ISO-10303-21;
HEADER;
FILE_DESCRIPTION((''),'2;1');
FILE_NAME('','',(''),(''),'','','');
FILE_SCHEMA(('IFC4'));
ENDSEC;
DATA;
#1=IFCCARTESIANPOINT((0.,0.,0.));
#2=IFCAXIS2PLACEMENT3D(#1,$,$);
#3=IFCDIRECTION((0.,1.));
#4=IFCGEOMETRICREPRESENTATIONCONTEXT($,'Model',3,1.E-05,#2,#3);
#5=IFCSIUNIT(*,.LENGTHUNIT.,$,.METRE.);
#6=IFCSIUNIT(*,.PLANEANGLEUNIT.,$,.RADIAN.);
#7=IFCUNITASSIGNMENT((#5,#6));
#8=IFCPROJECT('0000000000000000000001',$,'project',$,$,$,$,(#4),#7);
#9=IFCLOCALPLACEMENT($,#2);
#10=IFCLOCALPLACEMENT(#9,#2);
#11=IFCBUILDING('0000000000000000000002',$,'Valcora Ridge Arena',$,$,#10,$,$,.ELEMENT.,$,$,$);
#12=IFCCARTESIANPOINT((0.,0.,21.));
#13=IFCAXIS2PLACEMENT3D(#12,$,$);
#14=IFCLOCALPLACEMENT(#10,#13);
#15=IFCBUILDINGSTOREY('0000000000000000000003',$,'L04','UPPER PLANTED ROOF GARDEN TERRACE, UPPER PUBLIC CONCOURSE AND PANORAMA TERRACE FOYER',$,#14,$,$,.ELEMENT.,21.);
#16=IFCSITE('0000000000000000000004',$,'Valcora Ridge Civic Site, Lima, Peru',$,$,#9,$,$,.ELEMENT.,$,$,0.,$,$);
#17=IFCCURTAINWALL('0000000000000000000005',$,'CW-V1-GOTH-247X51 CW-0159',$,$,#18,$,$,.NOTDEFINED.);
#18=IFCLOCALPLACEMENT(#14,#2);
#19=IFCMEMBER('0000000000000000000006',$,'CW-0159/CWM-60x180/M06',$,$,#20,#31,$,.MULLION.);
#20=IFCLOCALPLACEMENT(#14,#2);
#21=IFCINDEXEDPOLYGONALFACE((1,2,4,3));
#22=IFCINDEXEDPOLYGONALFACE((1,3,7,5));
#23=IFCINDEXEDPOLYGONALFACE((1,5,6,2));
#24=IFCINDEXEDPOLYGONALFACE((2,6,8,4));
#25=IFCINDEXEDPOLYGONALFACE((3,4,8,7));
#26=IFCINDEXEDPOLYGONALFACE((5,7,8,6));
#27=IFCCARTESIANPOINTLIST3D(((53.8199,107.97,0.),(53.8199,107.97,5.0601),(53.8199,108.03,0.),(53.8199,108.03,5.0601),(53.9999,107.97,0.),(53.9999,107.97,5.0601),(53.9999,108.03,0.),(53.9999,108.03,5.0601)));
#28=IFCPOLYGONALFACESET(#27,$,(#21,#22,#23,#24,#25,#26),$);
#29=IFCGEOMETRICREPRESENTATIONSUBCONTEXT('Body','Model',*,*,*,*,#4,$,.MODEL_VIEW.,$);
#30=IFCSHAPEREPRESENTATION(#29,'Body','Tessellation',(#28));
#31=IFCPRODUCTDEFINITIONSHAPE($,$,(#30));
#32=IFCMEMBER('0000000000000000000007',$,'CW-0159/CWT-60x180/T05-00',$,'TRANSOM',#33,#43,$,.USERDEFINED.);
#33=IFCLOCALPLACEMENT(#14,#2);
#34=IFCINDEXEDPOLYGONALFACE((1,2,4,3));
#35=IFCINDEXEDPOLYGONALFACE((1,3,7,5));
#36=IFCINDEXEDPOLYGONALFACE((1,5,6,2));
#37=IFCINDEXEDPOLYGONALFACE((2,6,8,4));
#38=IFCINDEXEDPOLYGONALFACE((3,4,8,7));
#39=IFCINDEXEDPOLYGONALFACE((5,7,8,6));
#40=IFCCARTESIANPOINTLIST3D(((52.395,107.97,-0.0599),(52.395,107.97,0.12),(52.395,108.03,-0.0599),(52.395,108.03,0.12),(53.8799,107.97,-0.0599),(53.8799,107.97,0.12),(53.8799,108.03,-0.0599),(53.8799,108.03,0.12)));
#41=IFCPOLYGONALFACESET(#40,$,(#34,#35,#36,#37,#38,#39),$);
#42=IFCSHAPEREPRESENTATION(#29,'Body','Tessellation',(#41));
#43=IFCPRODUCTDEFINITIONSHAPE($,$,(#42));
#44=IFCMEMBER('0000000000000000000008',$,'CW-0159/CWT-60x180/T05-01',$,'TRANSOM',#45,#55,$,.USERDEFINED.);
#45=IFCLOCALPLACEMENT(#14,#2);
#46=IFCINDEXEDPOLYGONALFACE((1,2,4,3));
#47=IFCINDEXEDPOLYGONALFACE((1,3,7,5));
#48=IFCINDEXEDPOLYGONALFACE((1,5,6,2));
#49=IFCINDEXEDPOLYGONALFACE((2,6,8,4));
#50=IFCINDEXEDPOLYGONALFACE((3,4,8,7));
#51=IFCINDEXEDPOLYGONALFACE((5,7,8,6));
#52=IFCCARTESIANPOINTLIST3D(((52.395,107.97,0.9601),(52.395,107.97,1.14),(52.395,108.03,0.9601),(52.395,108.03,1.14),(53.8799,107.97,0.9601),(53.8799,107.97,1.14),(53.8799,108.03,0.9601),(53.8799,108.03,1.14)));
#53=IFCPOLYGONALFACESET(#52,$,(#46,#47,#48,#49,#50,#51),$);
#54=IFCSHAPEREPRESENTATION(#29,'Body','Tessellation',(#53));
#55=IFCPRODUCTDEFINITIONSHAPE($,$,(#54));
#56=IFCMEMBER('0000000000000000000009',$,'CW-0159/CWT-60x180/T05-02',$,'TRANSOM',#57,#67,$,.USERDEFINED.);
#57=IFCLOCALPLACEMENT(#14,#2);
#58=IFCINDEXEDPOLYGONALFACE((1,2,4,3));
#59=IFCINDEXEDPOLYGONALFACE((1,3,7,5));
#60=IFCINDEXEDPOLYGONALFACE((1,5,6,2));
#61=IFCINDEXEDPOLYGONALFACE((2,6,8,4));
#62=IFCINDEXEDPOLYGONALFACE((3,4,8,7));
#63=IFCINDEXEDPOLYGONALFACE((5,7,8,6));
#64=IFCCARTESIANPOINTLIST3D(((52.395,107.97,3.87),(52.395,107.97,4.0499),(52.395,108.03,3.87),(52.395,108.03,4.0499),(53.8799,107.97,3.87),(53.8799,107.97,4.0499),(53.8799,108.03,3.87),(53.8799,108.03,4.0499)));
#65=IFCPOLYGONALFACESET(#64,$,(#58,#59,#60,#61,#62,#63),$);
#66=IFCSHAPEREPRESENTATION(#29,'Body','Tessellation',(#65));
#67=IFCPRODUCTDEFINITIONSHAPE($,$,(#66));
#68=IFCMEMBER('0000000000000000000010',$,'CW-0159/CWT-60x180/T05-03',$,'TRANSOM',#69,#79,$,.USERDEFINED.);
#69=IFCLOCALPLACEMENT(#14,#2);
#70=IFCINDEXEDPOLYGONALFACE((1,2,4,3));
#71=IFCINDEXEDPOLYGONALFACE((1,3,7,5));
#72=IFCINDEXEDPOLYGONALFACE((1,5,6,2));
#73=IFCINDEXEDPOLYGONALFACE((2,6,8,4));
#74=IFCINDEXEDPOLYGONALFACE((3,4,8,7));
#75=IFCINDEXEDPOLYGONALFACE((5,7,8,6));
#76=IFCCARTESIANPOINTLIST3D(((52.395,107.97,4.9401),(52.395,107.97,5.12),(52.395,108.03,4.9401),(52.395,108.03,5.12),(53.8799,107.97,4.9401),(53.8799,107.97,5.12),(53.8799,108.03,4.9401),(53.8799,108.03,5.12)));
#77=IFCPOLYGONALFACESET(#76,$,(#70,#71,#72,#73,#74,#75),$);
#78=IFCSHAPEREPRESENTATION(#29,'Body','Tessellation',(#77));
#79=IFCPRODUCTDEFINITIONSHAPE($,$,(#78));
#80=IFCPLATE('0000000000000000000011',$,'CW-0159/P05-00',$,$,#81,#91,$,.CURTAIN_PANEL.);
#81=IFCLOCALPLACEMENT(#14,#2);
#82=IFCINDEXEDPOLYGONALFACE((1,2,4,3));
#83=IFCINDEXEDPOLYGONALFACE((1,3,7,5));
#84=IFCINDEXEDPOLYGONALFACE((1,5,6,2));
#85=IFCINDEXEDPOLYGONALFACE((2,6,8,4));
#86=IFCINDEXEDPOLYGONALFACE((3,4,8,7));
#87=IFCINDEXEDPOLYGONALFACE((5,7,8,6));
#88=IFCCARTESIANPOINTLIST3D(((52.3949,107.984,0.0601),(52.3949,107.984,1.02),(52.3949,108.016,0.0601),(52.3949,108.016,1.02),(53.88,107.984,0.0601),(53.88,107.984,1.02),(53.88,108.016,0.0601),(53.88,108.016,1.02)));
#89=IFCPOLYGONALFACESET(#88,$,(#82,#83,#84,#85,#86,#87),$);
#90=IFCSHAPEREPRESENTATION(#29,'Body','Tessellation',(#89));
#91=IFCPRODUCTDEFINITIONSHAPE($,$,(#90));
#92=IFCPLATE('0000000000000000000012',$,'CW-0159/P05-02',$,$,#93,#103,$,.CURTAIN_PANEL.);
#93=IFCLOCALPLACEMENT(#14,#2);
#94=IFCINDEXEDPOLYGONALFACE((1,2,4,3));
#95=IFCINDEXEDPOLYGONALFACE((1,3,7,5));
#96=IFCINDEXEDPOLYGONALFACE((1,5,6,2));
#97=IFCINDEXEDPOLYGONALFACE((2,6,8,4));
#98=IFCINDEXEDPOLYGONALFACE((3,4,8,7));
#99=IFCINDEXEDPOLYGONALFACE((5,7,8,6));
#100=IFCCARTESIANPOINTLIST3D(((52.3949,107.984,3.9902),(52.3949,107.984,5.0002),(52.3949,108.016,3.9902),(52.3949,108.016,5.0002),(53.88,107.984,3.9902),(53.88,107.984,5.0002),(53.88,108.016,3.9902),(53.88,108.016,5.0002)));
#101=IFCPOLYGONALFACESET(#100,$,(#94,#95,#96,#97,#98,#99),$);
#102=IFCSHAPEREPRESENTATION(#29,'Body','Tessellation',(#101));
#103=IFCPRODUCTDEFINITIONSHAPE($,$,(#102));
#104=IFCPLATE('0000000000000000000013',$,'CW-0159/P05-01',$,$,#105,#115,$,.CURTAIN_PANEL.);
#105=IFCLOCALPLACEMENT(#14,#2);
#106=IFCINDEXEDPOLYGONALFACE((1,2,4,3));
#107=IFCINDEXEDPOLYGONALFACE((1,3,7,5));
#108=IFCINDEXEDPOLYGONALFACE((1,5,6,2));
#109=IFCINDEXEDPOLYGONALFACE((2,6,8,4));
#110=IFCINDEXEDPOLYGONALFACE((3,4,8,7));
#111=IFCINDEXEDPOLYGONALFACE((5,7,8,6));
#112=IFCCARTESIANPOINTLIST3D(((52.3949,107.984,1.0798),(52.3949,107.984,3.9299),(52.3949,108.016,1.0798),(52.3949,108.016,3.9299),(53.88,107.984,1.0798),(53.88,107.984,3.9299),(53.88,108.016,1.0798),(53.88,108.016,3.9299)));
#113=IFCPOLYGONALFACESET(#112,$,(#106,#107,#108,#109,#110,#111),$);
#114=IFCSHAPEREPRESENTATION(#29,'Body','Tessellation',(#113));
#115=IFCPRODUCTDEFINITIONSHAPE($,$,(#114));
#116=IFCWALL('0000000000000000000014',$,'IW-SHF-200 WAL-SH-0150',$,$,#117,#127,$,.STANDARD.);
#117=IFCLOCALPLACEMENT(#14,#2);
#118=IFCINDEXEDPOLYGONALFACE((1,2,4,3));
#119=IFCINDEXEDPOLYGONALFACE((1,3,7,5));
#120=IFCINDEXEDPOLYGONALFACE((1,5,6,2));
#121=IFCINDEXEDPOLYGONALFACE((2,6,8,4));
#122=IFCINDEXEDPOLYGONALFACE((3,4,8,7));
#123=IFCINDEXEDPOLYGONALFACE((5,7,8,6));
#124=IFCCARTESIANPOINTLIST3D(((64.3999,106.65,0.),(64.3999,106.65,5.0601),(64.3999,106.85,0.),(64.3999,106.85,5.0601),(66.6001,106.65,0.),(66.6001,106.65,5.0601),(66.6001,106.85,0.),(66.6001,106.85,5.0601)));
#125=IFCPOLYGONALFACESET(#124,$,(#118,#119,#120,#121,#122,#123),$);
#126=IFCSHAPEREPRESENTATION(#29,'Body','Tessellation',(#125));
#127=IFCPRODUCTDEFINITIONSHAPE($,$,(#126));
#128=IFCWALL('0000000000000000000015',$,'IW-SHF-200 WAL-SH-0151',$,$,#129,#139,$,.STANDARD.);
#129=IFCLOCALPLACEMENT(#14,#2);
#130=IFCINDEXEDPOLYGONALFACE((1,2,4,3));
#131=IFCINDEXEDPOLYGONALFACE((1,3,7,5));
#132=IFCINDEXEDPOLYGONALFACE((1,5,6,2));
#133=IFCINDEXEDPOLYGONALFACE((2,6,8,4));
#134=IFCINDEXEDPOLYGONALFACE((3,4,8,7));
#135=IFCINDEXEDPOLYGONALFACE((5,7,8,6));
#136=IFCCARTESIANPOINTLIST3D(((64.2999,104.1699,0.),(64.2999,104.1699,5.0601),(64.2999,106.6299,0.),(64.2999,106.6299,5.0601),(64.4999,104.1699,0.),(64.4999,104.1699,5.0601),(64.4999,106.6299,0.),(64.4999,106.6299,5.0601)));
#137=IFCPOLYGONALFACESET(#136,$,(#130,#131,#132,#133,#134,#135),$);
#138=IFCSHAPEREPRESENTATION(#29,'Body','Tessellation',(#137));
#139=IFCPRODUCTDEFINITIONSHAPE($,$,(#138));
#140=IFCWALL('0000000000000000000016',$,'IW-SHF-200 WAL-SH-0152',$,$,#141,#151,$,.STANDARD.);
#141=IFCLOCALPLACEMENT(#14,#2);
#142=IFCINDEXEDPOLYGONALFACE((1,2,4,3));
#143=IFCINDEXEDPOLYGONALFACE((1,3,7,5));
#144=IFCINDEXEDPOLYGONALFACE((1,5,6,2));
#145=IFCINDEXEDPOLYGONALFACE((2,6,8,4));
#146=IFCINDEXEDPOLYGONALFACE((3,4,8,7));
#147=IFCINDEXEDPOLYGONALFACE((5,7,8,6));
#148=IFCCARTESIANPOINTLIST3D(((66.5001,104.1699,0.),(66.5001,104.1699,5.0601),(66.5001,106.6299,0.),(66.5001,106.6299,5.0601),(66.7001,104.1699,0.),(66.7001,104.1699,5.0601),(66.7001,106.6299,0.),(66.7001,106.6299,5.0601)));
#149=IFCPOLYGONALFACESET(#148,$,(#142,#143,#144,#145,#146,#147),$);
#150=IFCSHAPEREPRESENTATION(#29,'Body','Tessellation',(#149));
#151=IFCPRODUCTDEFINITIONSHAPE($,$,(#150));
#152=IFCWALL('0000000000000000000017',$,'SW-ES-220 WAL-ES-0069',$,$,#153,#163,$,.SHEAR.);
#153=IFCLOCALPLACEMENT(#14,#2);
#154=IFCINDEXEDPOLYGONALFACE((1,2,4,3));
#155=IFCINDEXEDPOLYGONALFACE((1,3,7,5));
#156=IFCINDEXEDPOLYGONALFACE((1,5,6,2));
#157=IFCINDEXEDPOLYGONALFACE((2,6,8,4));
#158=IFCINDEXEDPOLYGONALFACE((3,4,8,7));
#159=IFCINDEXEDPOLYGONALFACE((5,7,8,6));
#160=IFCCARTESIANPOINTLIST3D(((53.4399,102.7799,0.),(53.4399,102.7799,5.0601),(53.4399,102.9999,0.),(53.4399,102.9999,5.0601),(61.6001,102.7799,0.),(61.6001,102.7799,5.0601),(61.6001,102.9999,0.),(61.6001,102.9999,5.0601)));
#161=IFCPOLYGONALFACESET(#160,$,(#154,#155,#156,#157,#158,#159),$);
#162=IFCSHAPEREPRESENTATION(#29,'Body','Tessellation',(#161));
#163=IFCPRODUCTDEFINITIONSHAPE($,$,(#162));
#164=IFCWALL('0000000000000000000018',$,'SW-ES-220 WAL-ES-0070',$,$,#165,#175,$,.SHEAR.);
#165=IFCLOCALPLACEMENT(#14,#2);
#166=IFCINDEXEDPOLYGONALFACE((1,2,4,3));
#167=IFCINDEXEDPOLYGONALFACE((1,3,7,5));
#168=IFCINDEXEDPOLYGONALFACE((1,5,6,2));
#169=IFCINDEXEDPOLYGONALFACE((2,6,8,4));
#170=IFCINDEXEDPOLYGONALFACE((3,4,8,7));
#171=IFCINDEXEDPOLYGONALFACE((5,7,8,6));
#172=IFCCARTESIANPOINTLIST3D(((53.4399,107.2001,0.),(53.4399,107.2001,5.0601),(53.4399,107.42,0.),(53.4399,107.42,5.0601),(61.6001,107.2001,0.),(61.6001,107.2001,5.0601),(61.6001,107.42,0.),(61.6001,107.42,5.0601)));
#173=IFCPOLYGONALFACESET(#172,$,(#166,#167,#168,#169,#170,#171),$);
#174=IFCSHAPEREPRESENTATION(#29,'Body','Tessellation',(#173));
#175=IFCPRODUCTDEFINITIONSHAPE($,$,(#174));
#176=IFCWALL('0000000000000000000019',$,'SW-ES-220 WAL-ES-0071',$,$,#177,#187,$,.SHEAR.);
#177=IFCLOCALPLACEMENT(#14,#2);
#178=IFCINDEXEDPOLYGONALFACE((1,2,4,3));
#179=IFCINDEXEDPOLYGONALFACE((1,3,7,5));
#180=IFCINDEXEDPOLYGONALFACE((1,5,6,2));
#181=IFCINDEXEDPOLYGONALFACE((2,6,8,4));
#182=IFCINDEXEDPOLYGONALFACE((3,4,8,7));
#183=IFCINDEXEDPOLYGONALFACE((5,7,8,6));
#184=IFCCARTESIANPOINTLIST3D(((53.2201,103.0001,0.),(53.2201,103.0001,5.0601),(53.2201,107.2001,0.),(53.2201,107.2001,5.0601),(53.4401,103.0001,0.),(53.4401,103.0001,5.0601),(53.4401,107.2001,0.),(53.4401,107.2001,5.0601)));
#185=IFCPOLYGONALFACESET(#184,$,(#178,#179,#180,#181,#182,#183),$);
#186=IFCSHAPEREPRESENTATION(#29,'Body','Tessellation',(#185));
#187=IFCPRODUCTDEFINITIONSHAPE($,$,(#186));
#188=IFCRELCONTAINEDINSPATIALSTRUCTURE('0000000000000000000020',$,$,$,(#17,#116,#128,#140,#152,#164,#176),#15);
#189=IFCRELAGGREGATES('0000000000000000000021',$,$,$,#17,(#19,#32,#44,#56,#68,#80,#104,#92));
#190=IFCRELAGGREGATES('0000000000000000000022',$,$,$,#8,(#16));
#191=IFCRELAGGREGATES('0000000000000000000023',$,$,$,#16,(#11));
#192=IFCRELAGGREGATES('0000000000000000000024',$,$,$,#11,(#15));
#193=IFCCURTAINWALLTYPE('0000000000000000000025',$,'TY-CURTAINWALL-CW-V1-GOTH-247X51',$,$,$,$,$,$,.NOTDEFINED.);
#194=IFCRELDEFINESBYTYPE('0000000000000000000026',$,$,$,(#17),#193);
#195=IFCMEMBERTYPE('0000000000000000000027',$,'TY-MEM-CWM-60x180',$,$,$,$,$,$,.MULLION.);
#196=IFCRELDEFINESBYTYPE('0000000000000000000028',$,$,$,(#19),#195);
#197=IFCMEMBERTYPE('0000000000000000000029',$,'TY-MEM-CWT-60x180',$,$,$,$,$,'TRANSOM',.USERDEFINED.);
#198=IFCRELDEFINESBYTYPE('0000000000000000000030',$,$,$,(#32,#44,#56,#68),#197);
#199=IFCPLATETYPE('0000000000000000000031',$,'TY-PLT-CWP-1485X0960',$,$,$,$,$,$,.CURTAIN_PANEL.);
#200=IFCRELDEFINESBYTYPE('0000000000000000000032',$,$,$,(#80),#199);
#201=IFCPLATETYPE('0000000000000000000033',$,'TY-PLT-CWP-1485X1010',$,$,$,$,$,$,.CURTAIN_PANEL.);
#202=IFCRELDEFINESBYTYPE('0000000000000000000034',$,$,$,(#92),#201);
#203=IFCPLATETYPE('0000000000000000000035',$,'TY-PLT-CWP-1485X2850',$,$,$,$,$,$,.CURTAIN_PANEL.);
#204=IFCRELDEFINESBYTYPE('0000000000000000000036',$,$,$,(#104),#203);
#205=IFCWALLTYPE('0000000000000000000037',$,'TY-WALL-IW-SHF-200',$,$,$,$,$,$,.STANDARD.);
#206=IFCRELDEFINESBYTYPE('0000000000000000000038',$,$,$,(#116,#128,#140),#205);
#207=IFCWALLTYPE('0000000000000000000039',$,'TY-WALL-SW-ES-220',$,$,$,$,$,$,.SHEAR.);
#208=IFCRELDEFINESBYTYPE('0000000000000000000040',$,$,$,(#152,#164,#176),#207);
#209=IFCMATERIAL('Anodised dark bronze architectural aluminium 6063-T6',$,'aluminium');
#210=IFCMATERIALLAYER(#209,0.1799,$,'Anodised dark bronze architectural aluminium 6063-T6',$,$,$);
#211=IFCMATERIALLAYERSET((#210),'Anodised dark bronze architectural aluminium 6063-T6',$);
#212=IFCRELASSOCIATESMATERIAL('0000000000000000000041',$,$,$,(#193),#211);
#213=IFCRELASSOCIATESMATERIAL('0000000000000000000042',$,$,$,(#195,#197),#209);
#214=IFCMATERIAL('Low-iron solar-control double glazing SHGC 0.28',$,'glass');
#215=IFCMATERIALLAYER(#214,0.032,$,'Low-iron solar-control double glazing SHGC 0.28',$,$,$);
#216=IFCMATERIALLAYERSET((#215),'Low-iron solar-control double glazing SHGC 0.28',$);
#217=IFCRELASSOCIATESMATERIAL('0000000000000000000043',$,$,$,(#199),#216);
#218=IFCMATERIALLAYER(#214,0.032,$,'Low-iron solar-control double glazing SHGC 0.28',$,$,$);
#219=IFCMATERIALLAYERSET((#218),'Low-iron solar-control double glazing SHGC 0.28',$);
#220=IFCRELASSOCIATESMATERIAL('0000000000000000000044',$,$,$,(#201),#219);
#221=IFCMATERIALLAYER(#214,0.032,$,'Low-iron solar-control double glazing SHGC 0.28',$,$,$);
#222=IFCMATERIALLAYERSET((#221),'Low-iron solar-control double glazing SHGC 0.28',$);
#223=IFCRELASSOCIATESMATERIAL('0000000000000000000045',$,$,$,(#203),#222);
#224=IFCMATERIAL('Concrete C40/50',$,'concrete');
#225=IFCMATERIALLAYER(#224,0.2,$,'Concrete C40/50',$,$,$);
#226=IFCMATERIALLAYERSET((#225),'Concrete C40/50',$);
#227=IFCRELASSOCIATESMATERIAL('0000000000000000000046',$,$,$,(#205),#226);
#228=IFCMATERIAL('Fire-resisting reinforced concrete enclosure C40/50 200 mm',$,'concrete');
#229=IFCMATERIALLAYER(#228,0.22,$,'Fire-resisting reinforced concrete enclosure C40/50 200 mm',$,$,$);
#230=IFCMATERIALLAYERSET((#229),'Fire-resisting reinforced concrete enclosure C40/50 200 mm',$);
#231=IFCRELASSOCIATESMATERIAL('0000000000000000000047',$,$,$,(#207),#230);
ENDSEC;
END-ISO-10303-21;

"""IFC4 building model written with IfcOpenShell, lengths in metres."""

from ifc_helpers import new_model, si_unit, direction, frame, frame_2d, origin, origin_2d, place, context, subcontext, project, spatial, rectangle, extrude, material, layer, layer_set, material_profile, profile_set, type_object, element, aggregate, save


model = new_model("IFC4")

# Units and contexts
model_context = context("Model", 3, precision=1e-05, world=origin(), true_north=direction((0.0, 1.0)))
body_context = subcontext(model_context, "Body", "Model", "MODEL_VIEW")
ifc_project = project(units=[si_unit("LENGTHUNIT", "METRE"), si_unit("PLANEANGLEUNIT", "RADIAN")], contexts=[model_context])

# Site, building, storey
site_placement = place(None, origin())
site = spatial("IfcSite", under=ifc_project, at=site_placement, Name="Valcora Ridge Civic Site, Lima, Peru", CompositionType="ELEMENT", RefElevation=0.0)
building_placement = place(site_placement, origin())
building = spatial("IfcBuilding", under=site, at=building_placement, Name="Valcora Ridge Arena", CompositionType="ELEMENT")
storey_placement = place(building_placement, frame((0.0, 0.0, 21.0)))
storey = spatial("IfcBuildingStorey", under=building, at=storey_placement, Name="L04", Description="UPPER PLANTED ROOF GARDEN TERRACE, UPPER PUBLIC CONCOURSE AND PANORAMA TERRACE FOYER", CompositionType="ELEMENT", Elevation=21.0)

# Shared definitions
ifc_material_1 = material(Name="Concrete C40/50", Category="concrete")

# Curtain wall, members, plates
ifc_material_2 = material(Name="Anodised dark bronze architectural aluminium 6063-T6", Category="aluminium")
ifc_layer_1 = layer(ifc_material_2, 0.1799, Name="Anodised dark bronze architectural aluminium 6063-T6")
ifc_layer_set_1 = layer_set([ifc_layer_1], Name="Anodised dark bronze architectural aluminium 6063-T6")
curtain_wall_type = type_object("IfcCurtainWallType", Name="TY-CURTAINWALL-CW-V1-GOTH-247X51", PredefinedType="NOTDEFINED", material=ifc_layer_set_1)
curtain_wall_placement = place(storey_placement, origin())
curtain_wall = element("IfcCurtainWall", 1, at=curtain_wall_placement, inside=storey, type_object=curtain_wall_type, Name="CW-V1-GOTH-247X51 CW-0159", PredefinedType="NOTDEFINED")
ifc_material_profile_1 = material_profile(ifc_material_2, rectangle(XDim=0.0601, YDim=0.1799, at=origin_2d()), Name="ALU MULLION 60x180")
ifc_profile_set_1 = profile_set([ifc_material_profile_1], Name="Anodised dark bronze architectural aluminium 6063-T6")
member_type_1 = type_object("IfcMemberType", Name="TY-MEM-CWM-60x180", PredefinedType="MULLION", material=ifc_profile_set_1)
member_1_placement = place(storey_placement, frame((53.9099, 108.0, 0.0), z_axis=(0.0, 0.0, 1.0), x_axis=(0.0, 1.0, 0.0)))
member_1 = element("IfcMember", 2, at=member_1_placement, type_object=member_type_1, Name="CW-0159/CWM-60x180/M06", PredefinedType="MULLION", context=body_context, shape_type="SweptSolid", body=[
    extrude(rectangle(XDim=0.0601, YDim=0.1799, at=origin_2d()), origin(), (0.0, 0.0, 1.0), 5.0601),
])
ifc_material_profile_2 = material_profile(ifc_material_2, rectangle(XDim=0.0601, YDim=0.1799, at=origin_2d()), Name="ALU TRANSOM 60x180")
ifc_profile_set_2 = profile_set([ifc_material_profile_2], Name="Anodised dark bronze architectural aluminium 6063-T6")
member_type_2 = type_object("IfcMemberType", Name="TY-MEM-CWT-60x180", ElementType="TRANSOM", PredefinedType="USERDEFINED", material=ifc_profile_set_2)
member_2_placement = place(storey_placement, frame((52.395, 108.0, 0.03), z_axis=(1.0, 0.0, 0.0), x_axis=(0.0, 1.0, 0.0)))
member_2 = element("IfcMember", 3, at=member_2_placement, type_object=member_type_2, Name="CW-0159/CWT-60x180/T05-00", ObjectType="TRANSOM", PredefinedType="USERDEFINED", context=body_context, shape_type="SweptSolid", body=[
    extrude(rectangle(XDim=0.0601, YDim=0.1799, at=origin_2d()), origin(), (0.0, 0.0, 1.0), 1.4849),
])
member_3_placement = place(storey_placement, frame((52.395, 108.0, 1.05), z_axis=(1.0, 0.0, 0.0), x_axis=(0.0, 1.0, 0.0)))
member_3 = element("IfcMember", 4, at=member_3_placement, type_object=member_type_2, Name="CW-0159/CWT-60x180/T05-01", ObjectType="TRANSOM", PredefinedType="USERDEFINED", context=body_context, shape_type="SweptSolid", body=[
    extrude(rectangle(XDim=0.0601, YDim=0.1799, at=origin_2d()), origin(), (0.0, 0.0, 1.0), 1.4849),
])
member_4_placement = place(storey_placement, frame((52.395, 108.0, 3.96), z_axis=(1.0, 0.0, 0.0), x_axis=(0.0, 1.0, 0.0)))
member_4 = element("IfcMember", 5, at=member_4_placement, type_object=member_type_2, Name="CW-0159/CWT-60x180/T05-02", ObjectType="TRANSOM", PredefinedType="USERDEFINED", context=body_context, shape_type="SweptSolid", body=[
    extrude(rectangle(XDim=0.0601, YDim=0.1799, at=origin_2d()), origin(), (0.0, 0.0, 1.0), 1.4849),
])
member_5_placement = place(storey_placement, frame((52.395, 108.0, 5.03), z_axis=(1.0, 0.0, 0.0), x_axis=(0.0, 1.0, 0.0)))
member_5 = element("IfcMember", 6, at=member_5_placement, type_object=member_type_2, Name="CW-0159/CWT-60x180/T05-03", ObjectType="TRANSOM", PredefinedType="USERDEFINED", context=body_context, shape_type="SweptSolid", body=[
    extrude(rectangle(XDim=0.0601, YDim=0.1799, at=origin_2d()), origin(), (0.0, 0.0, 1.0), 1.4849),
])
ifc_material_3 = material(Name="Low-iron solar-control double glazing SHGC 0.28", Category="glass")
ifc_layer_2 = layer(ifc_material_3, 0.032, Name="Low-iron solar-control double glazing SHGC 0.28")
ifc_layer_set_2 = layer_set([ifc_layer_2], Name="Low-iron solar-control double glazing SHGC 0.28")
plate_type_1 = type_object("IfcPlateType", Name="TY-PLT-CWP-1485X0960", PredefinedType="CURTAIN_PANEL", material=ifc_layer_set_2)
plate_1_placement = place(storey_placement, frame((53.1375, 108.0, 0.0601), z_axis=(0.0, 0.0, 1.0), x_axis=(1.0, 0.0, 0.0)))
plate_1 = element("IfcPlate", 7, at=plate_1_placement, type_object=plate_type_1, Name="CW-0159/P05-00", PredefinedType="CURTAIN_PANEL", context=body_context, shape_type="SweptSolid", body=[
    extrude(rectangle(XDim=1.4851, YDim=0.032, at=origin_2d()), origin(), (0.0, 0.0, 1.0), 0.96),
])
ifc_layer_3 = layer(ifc_material_3, 0.032, Name="Low-iron solar-control double glazing SHGC 0.28")
ifc_layer_set_3 = layer_set([ifc_layer_3], Name="Low-iron solar-control double glazing SHGC 0.28")
plate_type_2 = type_object("IfcPlateType", Name="TY-PLT-CWP-1485X1010", PredefinedType="CURTAIN_PANEL", material=ifc_layer_set_3)
plate_2_placement = place(storey_placement, frame((53.1375, 108.0, 3.9902), z_axis=(0.0, 0.0, 1.0), x_axis=(1.0, 0.0, 0.0)))
plate_2 = element("IfcPlate", 8, at=plate_2_placement, type_object=plate_type_2, Name="CW-0159/P05-02", PredefinedType="CURTAIN_PANEL", context=body_context, shape_type="SweptSolid", body=[
    extrude(rectangle(XDim=1.4851, YDim=0.032, at=origin_2d()), origin(), (0.0, 0.0, 1.0), 1.01),
])
ifc_layer_4 = layer(ifc_material_3, 0.032, Name="Low-iron solar-control double glazing SHGC 0.28")
ifc_layer_set_4 = layer_set([ifc_layer_4], Name="Low-iron solar-control double glazing SHGC 0.28")
plate_type_3 = type_object("IfcPlateType", Name="TY-PLT-CWP-1485X2850", PredefinedType="CURTAIN_PANEL", material=ifc_layer_set_4)
plate_3_placement = place(storey_placement, frame((53.1375, 108.0, 1.0798), z_axis=(0.0, 0.0, 1.0), x_axis=(1.0, 0.0, 0.0)))
plate_3 = element("IfcPlate", 9, at=plate_3_placement, type_object=plate_type_3, Name="CW-0159/P05-01", PredefinedType="CURTAIN_PANEL", context=body_context, shape_type="SweptSolid", body=[
    extrude(rectangle(XDim=1.4851, YDim=0.032, at=origin_2d()), origin(), (0.0, 0.0, 1.0), 2.8501),
])
aggregate(curtain_wall, [member_1, member_2, member_3, member_4, member_5, plate_1, plate_3, plate_2])

# Shared definitions
ifc_layer_5 = layer(ifc_material_1, 0.2, Name="Concrete C40/50")
ifc_layer_set_5 = layer_set([ifc_layer_5], Name="Concrete C40/50")
wall_type_1 = type_object("IfcWallType", Name="TY-WALL-IW-SHF-200", PredefinedType="STANDARD", material=ifc_layer_set_5)

# Walls
wall_1_placement = place(storey_placement, frame((64.3999, 106.75, 0.0), z_axis=(0.0, 0.0, 1.0), x_axis=(1.0, 0.0, 0.0)))
element("IfcWall", 10, at=wall_1_placement, inside=storey, type_object=wall_type_1, Name="IW-SHF-200 WAL-SH-0150", PredefinedType="STANDARD", context=body_context, shape_type="SweptSolid", body=[
    extrude(rectangle(XDim=2.2002, YDim=0.2, at=frame_2d((1.1001, 0.0))), origin(), (0.0, 0.0, 1.0), 5.0601),
])
for number, where, z_axis, x_axis, name in (
    (11, (64.3999, 104.1699, 0.0), (0.0, 0.0, 1.0), (0.0, 1.0, 0.0), "IW-SHF-200 WAL-SH-0151"),
    (12, (66.6001, 104.1699, 0.0), (0.0, 0.0, 1.0), (0.0, 1.0, 0.0), "IW-SHF-200 WAL-SH-0152"),
):
    element("IfcWall", number, at=place(storey_placement, frame(where, z_axis=z_axis, x_axis=x_axis)), inside=storey, type_object=wall_type_1, Name=name, PredefinedType="STANDARD", context=body_context, shape_type="SweptSolid", body=[
        extrude(rectangle(XDim=2.46, YDim=0.2, at=frame_2d((1.23, 0.0))), origin(), (0.0, 0.0, 1.0), 5.0601),
    ])
ifc_material_4 = material(Name="Fire-resisting reinforced concrete enclosure C40/50 200 mm", Category="concrete")
ifc_layer_6 = layer(ifc_material_4, 0.22, Name="Fire-resisting reinforced concrete enclosure C40/50 200 mm")
ifc_layer_set_6 = layer_set([ifc_layer_6], Name="Fire-resisting reinforced concrete enclosure C40/50 200 mm")
wall_type_2 = type_object("IfcWallType", Name="TY-WALL-SW-ES-220", PredefinedType="SHEAR", material=ifc_layer_set_6)
for number, where, z_axis, x_axis, name in (
    (13, (53.4399, 102.8899, 0.0), (0.0, 0.0, 1.0), (1.0, 0.0, 0.0), "SW-ES-220 WAL-ES-0069"),
    (14, (53.4399, 107.3101, 0.0), (0.0, 0.0, 1.0), (1.0, 0.0, 0.0), "SW-ES-220 WAL-ES-0070"),
):
    element("IfcWall", number, at=place(storey_placement, frame(where, z_axis=z_axis, x_axis=x_axis)), inside=storey, type_object=wall_type_2, Name=name, PredefinedType="SHEAR", context=body_context, shape_type="SweptSolid", body=[
        extrude(rectangle(XDim=8.1602, YDim=0.22, at=frame_2d((4.0801, 0.0))), origin(), (0.0, 0.0, 1.0), 5.0601),
    ])
wall_2_placement = place(storey_placement, frame((53.3301, 103.0, 0.0), z_axis=(0.0, 0.0, 1.0), x_axis=(0.0, 1.0, 0.0)))
element("IfcWall", 15, at=wall_2_placement, inside=storey, type_object=wall_type_2, Name="SW-ES-220 WAL-ES-0071", PredefinedType="SHEAR", context=body_context, shape_type="SweptSolid", body=[
    extrude(rectangle(XDim=4.2, YDim=0.22, at=frame_2d((2.1001, 0.0))), origin(), (0.0, 0.0, 1.0), 5.0601),
])

save(model, "model.ifc")
